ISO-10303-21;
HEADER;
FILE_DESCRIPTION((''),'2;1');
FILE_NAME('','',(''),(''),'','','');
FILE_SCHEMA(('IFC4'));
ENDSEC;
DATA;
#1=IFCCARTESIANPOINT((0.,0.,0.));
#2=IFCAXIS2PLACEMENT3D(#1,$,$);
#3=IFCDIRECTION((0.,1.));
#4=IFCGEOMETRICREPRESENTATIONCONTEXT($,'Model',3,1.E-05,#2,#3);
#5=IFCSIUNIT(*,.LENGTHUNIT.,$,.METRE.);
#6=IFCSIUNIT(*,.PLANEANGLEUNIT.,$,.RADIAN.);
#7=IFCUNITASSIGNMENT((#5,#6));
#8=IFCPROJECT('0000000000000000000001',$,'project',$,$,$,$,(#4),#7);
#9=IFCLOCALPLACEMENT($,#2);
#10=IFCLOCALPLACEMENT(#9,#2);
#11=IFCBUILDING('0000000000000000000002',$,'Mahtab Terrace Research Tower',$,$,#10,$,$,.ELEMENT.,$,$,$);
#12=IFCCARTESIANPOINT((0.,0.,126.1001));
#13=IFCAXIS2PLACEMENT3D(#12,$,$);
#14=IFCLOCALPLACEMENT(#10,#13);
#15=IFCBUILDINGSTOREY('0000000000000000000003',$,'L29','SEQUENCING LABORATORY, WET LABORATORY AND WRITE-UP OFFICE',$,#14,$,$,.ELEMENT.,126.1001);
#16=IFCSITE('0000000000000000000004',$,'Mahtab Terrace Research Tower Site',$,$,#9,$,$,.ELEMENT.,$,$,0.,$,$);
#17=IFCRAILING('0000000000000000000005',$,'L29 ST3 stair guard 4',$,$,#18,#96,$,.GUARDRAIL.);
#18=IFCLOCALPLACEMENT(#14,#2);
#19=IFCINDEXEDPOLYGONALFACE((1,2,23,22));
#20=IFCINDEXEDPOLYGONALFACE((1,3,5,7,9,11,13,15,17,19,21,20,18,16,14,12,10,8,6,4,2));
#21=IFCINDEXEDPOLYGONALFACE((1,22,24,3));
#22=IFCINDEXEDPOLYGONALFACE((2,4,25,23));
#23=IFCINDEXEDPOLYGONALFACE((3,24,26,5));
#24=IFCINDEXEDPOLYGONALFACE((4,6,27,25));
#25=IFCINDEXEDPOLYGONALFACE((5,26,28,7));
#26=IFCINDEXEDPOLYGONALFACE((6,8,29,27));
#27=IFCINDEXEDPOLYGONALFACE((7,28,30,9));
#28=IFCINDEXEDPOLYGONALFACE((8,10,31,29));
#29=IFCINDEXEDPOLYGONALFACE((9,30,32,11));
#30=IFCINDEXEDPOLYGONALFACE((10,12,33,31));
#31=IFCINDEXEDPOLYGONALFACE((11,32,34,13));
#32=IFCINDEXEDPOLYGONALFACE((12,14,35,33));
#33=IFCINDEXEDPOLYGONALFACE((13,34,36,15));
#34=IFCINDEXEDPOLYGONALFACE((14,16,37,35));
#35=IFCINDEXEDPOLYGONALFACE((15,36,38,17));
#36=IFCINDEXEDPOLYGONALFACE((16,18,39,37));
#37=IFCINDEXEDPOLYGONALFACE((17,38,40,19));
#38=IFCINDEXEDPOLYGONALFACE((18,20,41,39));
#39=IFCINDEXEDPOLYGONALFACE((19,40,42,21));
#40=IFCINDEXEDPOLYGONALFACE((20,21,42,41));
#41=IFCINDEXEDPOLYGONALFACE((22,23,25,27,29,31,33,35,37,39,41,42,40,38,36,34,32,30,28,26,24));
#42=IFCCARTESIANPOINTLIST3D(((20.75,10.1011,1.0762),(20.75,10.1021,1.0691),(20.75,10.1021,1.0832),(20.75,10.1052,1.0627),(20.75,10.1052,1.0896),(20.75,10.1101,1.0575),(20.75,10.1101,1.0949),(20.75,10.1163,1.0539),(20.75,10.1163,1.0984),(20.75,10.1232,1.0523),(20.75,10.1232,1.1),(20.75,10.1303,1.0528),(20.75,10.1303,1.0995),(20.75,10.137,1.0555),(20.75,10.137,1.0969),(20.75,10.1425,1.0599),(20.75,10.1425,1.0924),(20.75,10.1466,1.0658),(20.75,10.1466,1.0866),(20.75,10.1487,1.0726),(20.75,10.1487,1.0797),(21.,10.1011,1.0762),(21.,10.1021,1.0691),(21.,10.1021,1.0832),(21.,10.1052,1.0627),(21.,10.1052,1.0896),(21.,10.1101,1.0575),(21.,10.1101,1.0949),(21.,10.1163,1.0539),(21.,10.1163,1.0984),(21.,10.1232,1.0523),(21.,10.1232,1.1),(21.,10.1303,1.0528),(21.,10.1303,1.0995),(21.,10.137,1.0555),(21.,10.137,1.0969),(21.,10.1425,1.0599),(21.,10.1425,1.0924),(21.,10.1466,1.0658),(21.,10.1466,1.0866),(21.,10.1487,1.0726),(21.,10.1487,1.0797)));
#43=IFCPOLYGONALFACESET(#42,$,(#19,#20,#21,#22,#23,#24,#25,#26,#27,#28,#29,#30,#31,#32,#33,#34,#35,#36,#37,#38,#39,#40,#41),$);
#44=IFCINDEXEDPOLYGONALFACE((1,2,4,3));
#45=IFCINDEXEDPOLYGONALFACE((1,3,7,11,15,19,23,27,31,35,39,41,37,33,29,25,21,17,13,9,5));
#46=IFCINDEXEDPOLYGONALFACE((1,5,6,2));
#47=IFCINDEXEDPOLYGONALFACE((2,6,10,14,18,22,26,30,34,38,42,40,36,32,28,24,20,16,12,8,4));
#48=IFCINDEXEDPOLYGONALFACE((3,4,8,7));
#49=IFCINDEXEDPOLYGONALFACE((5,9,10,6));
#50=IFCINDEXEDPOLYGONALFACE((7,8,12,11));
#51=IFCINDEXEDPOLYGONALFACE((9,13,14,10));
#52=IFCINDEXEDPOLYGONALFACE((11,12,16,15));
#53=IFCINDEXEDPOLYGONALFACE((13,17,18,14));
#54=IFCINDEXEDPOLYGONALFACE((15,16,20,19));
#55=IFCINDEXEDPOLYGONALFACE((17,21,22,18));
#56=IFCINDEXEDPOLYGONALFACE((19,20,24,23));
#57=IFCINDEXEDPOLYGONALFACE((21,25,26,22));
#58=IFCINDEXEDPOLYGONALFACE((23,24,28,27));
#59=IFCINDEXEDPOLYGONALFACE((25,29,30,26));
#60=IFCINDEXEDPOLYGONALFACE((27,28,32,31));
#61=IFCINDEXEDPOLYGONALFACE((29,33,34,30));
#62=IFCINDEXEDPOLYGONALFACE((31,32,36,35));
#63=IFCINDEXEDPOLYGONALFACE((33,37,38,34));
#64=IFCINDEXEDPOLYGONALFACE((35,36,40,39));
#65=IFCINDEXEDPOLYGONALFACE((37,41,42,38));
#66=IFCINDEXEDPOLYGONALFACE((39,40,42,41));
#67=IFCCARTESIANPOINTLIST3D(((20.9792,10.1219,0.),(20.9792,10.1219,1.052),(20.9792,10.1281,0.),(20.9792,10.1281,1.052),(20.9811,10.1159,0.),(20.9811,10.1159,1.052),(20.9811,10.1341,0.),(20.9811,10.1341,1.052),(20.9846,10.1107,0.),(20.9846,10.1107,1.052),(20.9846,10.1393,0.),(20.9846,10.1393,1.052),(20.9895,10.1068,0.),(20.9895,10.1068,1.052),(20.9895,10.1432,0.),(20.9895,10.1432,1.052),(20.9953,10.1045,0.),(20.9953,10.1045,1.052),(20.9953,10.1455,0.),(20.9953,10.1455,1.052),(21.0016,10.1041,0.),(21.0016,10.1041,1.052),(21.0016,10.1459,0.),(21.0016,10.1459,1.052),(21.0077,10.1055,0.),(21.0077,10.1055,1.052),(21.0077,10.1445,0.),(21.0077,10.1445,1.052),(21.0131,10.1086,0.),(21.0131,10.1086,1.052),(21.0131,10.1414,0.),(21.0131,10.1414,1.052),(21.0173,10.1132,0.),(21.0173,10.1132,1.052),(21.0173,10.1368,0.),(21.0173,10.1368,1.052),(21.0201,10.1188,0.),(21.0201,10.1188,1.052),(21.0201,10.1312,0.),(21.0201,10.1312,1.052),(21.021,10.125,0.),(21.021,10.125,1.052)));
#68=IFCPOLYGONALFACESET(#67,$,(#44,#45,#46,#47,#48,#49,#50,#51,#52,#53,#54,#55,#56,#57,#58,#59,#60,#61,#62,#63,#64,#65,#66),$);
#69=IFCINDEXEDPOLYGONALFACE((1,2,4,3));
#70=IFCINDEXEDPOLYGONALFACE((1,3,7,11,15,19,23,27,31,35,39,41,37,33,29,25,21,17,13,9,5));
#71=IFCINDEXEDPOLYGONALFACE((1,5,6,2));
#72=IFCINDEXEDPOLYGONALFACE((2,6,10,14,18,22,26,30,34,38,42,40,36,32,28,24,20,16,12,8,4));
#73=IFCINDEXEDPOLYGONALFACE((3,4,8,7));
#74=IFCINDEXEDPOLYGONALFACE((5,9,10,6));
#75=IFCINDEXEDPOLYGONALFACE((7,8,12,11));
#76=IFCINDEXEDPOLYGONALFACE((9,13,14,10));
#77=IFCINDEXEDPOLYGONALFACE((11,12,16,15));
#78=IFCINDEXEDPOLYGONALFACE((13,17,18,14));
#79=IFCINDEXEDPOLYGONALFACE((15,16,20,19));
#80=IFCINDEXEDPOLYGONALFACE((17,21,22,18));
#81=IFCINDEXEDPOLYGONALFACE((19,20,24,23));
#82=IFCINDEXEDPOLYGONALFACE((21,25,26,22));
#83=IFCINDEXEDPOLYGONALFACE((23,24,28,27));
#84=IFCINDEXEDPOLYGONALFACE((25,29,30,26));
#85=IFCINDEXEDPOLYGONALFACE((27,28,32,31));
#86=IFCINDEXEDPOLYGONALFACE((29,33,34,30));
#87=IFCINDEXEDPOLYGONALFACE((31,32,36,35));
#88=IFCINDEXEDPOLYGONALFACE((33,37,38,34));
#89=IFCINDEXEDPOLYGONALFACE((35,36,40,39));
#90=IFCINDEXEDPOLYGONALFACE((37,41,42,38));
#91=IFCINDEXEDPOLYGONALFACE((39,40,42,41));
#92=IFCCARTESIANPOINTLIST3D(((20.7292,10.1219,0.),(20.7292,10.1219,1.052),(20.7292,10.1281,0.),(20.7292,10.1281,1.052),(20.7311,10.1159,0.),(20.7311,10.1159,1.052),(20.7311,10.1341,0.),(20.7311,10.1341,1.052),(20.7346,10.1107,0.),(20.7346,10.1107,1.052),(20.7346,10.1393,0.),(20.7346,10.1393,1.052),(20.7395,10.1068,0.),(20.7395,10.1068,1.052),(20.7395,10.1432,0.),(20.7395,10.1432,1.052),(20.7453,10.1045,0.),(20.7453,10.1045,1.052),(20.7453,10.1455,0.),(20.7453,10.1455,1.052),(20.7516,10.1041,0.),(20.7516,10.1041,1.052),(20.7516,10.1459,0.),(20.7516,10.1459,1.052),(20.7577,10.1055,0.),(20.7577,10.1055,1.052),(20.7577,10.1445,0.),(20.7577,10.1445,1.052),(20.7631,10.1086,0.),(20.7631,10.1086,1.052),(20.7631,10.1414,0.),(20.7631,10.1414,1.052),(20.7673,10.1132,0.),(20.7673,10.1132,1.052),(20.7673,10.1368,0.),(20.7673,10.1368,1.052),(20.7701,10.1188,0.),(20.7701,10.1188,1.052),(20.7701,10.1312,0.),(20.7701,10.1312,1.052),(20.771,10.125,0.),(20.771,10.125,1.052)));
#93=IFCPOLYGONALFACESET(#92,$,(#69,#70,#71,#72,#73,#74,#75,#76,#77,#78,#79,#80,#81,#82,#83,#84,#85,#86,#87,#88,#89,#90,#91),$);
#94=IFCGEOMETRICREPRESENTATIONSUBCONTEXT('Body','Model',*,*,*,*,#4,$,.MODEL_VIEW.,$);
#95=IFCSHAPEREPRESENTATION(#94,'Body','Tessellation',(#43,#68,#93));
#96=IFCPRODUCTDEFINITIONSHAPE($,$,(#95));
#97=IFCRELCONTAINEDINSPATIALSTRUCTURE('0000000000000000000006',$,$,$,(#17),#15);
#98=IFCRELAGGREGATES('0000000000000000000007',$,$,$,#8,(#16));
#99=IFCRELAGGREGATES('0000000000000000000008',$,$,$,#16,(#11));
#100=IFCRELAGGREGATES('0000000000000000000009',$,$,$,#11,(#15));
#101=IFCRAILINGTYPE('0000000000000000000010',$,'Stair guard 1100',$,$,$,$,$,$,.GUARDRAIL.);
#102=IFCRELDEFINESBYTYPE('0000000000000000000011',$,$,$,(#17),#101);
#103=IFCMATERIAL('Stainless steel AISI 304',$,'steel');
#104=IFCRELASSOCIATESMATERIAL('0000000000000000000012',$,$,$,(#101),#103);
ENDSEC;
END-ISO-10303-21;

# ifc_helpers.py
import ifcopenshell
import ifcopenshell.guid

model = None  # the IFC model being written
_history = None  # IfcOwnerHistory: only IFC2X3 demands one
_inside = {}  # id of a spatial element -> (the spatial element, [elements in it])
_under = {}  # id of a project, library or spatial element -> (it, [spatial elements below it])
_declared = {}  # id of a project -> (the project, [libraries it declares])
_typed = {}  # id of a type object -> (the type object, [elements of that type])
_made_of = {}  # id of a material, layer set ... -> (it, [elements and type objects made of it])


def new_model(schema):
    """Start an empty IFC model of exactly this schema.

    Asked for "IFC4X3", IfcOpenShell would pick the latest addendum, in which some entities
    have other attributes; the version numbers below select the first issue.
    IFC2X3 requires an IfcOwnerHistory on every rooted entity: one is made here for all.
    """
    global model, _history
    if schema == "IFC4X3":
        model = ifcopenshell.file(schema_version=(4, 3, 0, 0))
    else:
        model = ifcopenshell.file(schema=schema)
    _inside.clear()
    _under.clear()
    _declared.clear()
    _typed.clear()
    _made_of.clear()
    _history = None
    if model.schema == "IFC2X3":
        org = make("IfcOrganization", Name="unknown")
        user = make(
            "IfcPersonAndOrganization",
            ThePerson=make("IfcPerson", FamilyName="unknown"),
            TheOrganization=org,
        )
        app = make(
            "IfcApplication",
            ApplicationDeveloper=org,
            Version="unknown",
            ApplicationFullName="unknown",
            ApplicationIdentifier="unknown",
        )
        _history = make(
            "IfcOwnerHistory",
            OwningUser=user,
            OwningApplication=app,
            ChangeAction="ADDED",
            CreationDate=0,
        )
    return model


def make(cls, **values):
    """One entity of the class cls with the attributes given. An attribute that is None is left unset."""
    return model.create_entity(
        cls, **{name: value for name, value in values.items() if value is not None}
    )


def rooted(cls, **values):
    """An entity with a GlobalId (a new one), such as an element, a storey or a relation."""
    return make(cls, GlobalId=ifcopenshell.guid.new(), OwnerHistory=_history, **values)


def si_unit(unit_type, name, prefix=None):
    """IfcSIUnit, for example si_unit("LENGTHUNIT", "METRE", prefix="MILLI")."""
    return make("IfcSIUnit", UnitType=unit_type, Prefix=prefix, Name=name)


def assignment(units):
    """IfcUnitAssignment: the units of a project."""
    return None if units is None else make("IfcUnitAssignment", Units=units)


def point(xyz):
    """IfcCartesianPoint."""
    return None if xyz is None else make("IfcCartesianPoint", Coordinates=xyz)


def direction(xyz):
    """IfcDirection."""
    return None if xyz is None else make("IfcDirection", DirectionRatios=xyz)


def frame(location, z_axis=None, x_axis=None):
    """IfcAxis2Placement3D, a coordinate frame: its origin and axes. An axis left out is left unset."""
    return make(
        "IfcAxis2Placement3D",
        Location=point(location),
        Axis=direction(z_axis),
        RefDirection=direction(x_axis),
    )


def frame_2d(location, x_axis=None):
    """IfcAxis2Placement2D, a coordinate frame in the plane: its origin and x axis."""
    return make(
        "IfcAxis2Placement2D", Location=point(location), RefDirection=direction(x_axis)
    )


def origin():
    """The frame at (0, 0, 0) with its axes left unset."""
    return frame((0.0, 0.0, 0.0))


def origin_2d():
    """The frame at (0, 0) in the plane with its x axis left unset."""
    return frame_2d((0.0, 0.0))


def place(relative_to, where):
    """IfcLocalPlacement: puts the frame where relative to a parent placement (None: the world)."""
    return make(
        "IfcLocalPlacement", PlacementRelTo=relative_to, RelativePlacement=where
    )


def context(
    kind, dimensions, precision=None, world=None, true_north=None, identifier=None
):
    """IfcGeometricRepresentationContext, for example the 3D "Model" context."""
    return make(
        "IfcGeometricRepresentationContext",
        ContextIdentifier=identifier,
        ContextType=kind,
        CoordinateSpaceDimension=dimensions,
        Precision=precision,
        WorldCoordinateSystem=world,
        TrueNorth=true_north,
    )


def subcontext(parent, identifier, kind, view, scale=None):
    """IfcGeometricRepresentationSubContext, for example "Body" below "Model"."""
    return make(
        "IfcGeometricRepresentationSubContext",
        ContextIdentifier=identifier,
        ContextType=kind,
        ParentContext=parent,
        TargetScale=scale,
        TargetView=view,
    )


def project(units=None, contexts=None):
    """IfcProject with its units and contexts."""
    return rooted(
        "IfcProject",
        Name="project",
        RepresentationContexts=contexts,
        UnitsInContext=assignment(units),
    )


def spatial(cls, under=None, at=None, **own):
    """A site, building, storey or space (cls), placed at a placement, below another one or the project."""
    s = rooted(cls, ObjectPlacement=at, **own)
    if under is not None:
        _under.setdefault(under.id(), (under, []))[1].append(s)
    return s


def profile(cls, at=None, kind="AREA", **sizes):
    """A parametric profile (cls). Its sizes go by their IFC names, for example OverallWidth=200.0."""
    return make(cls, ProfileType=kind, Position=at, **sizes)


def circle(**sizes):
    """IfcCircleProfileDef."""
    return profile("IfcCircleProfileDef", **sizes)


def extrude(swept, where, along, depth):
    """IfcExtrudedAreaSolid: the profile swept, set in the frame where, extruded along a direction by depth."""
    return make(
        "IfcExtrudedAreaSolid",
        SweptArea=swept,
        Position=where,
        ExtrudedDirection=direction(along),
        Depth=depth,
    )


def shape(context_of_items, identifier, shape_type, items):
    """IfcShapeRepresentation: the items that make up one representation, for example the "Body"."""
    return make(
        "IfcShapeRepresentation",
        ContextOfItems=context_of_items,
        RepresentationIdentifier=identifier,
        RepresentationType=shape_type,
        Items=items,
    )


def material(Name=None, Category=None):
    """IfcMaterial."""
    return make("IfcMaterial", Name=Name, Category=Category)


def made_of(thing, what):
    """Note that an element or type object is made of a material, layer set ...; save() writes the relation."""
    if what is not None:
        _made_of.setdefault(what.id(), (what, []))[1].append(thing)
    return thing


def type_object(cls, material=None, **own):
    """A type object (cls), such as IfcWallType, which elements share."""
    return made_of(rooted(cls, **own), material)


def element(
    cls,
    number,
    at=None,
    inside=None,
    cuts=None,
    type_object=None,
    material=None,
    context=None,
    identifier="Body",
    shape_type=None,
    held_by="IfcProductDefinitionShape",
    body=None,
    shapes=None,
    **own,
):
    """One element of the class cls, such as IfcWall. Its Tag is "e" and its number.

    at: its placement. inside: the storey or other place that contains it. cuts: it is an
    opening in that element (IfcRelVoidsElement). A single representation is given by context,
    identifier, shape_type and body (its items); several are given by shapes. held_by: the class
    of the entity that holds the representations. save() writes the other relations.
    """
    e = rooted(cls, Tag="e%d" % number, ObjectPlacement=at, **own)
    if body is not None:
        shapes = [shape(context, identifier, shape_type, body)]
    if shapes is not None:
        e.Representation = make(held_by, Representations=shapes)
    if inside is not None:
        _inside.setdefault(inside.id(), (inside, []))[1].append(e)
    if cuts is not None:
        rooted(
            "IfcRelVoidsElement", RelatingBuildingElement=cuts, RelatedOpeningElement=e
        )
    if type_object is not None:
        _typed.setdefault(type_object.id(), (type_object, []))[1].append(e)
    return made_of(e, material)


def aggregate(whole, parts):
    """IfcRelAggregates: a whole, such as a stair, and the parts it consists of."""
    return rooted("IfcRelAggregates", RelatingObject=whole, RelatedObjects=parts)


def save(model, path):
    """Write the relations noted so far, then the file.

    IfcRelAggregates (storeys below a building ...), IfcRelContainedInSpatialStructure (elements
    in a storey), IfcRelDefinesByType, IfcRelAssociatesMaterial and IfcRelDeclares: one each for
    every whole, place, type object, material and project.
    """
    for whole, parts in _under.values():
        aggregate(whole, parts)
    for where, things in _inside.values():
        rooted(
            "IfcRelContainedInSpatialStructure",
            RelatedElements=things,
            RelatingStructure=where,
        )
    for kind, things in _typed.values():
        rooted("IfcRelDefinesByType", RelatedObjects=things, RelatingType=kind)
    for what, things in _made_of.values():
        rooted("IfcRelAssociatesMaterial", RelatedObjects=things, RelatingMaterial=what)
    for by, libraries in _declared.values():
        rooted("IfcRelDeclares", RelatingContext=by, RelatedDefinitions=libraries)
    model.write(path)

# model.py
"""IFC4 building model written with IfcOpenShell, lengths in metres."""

from ifc_helpers import new_model, si_unit, direction, frame, origin, origin_2d, place, context, subcontext, project, spatial, circle, extrude, material, type_object, element, save


model = new_model("IFC4")

# Units and contexts
model_context = context("Model", 3, precision=1e-05, world=origin(), true_north=direction((0.0, 1.0)))
body_context = subcontext(model_context, "Body", "Model", "MODEL_VIEW")
ifc_project = project(units=[si_unit("LENGTHUNIT", "METRE"), si_unit("PLANEANGLEUNIT", "RADIAN")], contexts=[model_context])

# Site, building, storey
site_placement = place(None, origin())
site = spatial("IfcSite", under=ifc_project, at=site_placement, Name="Mahtab Terrace Research Tower Site", CompositionType="ELEMENT", RefElevation=0.0)
building_placement = place(site_placement, origin())
building = spatial("IfcBuilding", under=site, at=building_placement, Name="Mahtab Terrace Research Tower", CompositionType="ELEMENT")
storey_placement = place(building_placement, frame((0.0, 0.0, 126.1001)))
storey = spatial("IfcBuildingStorey", under=building, at=storey_placement, Name="L29", Description="SEQUENCING LABORATORY, WET LABORATORY AND WRITE-UP OFFICE", CompositionType="ELEMENT", Elevation=126.1001)

# Railing
ifc_material_1 = material(Name="Stainless steel AISI 304", Category="steel")
railing_type_1 = type_object("IfcRailingType", Name="Stair guard 1100", PredefinedType="GUARDRAIL", material=ifc_material_1)
railing_1_placement = place(storey_placement, frame((21.0, 10.125, 0.0)))
element("IfcRailing", 1, at=railing_1_placement, inside=storey, type_object=railing_type_1, Name="L29 ST3 stair guard 4", PredefinedType="GUARDRAIL", context=body_context, shape_type="SweptSolid", body=[
    extrude(circle(Radius=0.0239, at=origin_2d()), frame((0.0, 0.0, 1.0762), z_axis=(-1.0, 0.0, 0.0), x_axis=(0.0, -1.0, 0.0)), (0.0, 0.0, 1.0), 0.25),
    extrude(circle(Radius=0.021, at=origin_2d()), origin(), (0.0, 0.0, 1.0), 1.052),
    extrude(circle(Radius=0.021, at=origin_2d()), frame((-0.25, 0.0, 0.0)), (0.0, 0.0, 1.0), 1.052),
])

save(model, "model.ifc")
